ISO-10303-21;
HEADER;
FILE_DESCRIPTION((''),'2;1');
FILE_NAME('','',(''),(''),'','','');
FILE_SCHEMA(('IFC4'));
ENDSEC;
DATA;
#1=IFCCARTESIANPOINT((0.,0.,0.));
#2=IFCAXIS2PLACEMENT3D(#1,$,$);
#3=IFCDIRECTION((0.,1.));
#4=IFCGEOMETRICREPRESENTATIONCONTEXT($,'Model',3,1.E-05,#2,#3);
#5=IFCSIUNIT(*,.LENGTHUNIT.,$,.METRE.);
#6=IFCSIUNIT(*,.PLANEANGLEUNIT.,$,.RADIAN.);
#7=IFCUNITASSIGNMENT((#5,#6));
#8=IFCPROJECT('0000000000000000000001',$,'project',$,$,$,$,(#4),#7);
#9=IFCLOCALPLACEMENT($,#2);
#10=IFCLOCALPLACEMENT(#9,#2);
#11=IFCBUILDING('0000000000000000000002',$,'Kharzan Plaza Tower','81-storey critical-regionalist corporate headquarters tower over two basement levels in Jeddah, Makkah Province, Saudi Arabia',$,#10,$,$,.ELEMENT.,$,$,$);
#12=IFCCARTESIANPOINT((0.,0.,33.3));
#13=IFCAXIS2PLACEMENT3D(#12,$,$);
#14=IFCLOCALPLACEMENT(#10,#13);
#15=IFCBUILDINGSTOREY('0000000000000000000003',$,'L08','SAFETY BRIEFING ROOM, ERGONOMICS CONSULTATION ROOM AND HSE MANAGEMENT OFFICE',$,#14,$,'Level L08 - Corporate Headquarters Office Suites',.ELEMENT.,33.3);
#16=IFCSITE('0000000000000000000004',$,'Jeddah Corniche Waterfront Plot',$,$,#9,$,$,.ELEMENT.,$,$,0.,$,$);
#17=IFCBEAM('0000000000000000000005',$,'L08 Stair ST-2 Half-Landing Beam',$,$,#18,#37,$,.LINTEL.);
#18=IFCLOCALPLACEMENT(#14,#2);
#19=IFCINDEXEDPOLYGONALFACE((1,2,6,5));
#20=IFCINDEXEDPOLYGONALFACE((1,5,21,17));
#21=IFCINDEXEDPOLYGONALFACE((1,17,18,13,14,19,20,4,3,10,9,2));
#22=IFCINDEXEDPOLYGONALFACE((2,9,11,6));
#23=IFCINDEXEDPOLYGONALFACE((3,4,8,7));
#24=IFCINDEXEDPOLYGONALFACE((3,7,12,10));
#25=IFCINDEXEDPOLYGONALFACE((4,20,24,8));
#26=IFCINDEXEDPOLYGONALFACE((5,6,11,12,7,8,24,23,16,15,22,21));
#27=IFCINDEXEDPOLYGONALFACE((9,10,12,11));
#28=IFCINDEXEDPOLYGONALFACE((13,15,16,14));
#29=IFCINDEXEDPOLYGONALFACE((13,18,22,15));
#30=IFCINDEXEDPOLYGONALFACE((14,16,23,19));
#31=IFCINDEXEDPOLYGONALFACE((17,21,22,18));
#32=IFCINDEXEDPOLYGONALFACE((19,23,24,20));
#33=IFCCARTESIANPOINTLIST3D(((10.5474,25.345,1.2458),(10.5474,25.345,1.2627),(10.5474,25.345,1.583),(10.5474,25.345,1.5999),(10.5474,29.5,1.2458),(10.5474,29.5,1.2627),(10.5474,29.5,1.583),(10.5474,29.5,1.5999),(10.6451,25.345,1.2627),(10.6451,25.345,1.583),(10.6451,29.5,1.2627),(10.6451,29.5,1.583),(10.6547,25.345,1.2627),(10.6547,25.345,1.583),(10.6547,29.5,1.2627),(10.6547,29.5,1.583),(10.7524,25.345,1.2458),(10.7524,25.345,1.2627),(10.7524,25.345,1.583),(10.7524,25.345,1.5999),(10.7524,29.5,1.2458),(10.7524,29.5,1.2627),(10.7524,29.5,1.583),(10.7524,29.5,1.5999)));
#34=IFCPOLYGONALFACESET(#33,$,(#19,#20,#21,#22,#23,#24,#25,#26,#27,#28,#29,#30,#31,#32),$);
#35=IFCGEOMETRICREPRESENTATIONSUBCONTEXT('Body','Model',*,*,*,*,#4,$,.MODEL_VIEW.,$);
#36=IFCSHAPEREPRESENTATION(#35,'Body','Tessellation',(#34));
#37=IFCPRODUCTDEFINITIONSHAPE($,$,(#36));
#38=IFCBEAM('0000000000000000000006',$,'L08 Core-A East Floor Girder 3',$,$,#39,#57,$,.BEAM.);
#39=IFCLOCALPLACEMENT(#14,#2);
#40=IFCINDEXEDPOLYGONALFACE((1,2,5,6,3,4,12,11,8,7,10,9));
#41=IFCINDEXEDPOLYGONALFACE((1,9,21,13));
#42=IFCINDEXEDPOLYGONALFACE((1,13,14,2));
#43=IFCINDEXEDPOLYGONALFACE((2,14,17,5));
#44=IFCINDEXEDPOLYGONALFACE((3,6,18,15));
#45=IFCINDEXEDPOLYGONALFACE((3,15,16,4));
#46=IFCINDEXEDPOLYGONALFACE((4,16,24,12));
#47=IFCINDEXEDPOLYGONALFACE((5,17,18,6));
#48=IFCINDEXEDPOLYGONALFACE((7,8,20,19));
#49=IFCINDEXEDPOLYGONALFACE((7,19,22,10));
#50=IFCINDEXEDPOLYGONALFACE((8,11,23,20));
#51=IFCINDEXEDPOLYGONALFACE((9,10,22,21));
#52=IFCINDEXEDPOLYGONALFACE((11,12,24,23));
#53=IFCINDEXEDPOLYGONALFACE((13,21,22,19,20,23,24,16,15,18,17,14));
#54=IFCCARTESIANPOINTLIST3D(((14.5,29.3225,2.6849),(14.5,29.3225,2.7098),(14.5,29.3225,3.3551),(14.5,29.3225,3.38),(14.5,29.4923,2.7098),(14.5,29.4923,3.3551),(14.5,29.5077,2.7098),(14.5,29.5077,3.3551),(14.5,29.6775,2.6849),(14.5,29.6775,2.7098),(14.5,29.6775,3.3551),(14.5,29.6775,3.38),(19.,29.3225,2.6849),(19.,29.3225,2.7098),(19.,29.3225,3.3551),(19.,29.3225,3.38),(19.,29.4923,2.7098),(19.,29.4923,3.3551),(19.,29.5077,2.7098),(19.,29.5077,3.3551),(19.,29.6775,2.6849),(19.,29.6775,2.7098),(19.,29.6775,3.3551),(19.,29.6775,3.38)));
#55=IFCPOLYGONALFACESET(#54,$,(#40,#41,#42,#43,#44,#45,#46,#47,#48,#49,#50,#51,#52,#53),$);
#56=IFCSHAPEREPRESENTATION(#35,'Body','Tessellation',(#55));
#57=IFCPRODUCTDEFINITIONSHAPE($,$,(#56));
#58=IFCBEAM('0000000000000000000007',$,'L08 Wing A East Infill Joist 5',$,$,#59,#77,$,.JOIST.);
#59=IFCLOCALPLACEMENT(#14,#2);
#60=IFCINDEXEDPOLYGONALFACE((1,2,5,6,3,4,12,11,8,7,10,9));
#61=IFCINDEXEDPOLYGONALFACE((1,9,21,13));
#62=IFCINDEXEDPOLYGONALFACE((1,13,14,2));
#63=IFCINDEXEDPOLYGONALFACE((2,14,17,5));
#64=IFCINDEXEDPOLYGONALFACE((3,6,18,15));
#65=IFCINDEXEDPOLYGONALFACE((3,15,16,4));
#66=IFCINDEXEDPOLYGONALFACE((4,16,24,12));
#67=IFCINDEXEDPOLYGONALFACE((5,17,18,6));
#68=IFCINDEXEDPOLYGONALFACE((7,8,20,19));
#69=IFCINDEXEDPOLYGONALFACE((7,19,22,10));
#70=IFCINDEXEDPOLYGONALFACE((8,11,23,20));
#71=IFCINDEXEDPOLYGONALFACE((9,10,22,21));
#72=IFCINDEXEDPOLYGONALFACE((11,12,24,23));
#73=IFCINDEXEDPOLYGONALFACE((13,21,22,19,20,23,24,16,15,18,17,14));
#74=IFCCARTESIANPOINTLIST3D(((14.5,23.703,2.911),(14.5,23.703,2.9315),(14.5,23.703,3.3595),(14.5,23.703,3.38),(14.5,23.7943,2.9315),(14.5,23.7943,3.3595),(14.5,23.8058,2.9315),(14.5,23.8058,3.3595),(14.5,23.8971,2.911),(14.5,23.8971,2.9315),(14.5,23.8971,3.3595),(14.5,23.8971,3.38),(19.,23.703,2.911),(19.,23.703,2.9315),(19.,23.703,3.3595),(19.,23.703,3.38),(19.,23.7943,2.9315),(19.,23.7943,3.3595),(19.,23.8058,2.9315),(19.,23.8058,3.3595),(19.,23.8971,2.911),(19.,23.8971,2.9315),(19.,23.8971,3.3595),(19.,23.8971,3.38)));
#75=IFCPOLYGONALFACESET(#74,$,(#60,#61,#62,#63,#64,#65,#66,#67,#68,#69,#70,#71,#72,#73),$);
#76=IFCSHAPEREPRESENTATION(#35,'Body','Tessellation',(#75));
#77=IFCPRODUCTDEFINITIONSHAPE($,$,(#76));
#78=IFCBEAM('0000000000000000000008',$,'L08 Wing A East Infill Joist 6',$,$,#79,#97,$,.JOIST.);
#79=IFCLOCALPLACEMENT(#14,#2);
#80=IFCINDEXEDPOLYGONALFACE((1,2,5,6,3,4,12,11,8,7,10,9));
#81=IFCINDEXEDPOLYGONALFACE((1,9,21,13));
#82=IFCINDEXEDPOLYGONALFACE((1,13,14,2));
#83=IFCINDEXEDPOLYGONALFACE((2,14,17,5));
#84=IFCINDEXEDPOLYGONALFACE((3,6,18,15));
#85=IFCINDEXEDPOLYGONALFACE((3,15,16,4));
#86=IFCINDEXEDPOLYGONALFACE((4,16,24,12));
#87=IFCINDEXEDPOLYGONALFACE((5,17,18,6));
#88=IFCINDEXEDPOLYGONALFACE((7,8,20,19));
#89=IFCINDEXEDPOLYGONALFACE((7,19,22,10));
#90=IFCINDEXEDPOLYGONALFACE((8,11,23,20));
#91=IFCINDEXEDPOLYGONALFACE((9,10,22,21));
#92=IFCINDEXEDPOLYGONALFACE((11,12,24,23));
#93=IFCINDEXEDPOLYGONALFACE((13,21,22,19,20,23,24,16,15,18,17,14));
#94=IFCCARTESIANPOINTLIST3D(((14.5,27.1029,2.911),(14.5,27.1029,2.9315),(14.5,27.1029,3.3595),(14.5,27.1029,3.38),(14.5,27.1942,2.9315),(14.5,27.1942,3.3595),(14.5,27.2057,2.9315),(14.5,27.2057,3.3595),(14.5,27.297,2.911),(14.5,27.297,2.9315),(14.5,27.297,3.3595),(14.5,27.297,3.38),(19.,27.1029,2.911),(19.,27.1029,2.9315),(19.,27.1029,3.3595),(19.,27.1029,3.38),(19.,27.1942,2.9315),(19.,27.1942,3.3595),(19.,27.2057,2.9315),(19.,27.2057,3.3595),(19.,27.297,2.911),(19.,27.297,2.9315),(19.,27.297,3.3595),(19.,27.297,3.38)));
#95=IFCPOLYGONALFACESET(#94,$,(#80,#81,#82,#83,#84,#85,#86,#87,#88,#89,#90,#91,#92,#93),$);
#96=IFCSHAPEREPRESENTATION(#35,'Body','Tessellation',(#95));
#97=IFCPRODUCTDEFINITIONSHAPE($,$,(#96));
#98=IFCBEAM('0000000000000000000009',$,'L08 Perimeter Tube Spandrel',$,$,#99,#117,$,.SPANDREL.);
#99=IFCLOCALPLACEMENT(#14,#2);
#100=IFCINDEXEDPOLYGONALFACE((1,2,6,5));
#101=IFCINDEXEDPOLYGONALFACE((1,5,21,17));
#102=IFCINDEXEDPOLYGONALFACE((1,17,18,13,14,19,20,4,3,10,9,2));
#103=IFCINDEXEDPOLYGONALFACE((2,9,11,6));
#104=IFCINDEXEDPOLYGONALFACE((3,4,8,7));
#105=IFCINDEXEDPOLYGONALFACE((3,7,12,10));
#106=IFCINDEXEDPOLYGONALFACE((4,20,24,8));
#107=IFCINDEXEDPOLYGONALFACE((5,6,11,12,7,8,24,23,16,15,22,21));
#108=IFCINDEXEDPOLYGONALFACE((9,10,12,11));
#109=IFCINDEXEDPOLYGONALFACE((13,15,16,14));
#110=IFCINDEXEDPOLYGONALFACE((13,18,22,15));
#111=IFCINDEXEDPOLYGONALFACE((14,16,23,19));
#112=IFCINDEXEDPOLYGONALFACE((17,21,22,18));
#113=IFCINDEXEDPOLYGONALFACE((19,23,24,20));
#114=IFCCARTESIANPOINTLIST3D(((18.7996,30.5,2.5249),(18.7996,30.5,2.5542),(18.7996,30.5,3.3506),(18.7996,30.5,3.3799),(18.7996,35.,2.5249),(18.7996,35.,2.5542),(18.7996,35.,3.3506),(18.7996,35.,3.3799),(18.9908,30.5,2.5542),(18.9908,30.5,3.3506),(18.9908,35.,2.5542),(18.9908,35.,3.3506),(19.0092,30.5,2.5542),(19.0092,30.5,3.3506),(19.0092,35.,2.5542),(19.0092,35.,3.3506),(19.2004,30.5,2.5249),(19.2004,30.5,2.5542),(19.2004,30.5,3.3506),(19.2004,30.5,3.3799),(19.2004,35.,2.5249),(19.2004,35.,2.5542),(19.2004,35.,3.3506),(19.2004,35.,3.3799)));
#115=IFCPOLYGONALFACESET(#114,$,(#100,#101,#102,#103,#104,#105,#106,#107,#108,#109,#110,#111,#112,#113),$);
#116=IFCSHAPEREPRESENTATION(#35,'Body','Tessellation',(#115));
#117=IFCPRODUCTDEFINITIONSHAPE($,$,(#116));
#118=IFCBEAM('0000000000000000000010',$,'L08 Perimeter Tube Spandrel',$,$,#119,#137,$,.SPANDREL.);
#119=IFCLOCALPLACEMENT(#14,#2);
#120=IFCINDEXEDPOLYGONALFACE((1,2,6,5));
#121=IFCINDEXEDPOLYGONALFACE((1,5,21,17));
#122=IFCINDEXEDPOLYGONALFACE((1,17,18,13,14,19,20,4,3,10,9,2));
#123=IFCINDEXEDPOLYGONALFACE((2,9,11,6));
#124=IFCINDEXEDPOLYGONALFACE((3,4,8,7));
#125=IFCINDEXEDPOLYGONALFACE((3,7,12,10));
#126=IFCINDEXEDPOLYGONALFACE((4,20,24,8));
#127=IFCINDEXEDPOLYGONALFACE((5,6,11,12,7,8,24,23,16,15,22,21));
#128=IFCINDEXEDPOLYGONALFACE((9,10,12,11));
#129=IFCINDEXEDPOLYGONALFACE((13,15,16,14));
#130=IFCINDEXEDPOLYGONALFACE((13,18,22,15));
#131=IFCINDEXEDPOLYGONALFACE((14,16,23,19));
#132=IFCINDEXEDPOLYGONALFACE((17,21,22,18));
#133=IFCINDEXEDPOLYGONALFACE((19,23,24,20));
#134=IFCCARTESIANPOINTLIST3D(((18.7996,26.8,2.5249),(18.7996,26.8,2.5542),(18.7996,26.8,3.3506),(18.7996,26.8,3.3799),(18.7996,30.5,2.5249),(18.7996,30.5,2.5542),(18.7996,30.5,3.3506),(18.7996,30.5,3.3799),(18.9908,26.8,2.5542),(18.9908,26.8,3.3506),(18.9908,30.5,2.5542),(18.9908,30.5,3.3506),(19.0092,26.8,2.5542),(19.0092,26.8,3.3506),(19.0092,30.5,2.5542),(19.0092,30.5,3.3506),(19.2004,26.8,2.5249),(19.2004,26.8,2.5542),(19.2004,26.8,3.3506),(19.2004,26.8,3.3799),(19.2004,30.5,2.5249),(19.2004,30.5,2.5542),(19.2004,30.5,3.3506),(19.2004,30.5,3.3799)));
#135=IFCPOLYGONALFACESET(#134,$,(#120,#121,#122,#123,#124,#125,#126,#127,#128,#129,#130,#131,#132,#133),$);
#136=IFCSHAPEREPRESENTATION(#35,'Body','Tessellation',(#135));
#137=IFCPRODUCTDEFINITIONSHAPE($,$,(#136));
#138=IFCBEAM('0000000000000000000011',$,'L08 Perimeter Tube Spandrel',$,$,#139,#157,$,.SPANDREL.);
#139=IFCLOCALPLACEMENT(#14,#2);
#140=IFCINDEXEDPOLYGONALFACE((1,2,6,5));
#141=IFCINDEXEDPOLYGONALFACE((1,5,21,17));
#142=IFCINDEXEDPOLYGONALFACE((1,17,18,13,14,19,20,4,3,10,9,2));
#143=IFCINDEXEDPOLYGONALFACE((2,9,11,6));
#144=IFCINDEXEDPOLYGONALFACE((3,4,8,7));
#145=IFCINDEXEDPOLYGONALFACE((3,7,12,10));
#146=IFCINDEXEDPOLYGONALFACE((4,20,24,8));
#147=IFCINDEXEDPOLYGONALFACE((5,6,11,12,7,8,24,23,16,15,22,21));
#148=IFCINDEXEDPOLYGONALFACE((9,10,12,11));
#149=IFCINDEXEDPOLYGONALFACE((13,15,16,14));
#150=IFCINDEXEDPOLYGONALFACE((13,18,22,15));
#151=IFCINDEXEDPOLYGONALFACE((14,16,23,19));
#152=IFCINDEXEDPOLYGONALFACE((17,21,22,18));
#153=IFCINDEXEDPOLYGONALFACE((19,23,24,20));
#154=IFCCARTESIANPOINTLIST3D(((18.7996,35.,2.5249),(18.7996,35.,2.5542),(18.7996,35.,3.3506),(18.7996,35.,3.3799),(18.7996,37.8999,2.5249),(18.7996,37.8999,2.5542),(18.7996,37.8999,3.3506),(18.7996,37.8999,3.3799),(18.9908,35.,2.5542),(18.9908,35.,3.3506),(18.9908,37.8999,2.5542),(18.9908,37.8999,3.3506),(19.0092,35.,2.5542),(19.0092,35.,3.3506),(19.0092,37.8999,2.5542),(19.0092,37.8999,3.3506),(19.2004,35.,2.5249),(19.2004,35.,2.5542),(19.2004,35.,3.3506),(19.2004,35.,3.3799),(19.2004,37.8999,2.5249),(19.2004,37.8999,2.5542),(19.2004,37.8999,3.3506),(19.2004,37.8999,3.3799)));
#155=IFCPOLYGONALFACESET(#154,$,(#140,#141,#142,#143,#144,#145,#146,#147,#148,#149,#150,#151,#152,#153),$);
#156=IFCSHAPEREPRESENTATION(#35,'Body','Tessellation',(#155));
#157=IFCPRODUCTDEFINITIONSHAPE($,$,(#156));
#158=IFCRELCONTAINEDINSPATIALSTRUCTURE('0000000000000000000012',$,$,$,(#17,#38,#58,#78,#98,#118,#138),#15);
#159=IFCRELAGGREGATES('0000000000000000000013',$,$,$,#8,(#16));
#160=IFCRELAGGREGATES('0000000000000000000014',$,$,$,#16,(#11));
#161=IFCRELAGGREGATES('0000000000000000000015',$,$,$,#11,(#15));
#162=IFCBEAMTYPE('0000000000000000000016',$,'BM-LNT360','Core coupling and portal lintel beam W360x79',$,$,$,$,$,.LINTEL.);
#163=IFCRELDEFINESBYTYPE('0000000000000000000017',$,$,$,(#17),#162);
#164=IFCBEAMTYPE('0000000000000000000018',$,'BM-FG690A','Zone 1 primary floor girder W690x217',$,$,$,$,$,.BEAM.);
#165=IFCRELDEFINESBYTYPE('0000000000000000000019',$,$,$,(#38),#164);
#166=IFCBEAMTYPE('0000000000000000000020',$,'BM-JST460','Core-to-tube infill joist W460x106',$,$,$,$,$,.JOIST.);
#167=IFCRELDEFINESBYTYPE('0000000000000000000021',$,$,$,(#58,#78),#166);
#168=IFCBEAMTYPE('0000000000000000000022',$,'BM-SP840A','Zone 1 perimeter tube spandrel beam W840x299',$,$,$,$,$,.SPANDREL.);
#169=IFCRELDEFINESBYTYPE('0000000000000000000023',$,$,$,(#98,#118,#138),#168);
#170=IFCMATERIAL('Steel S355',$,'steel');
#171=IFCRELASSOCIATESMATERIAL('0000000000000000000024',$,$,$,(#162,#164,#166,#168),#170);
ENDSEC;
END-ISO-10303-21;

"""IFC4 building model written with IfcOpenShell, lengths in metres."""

from ifc_helpers import new_model, si_unit, direction, frame, origin, origin_2d, place, context, subcontext, project, spatial, i_section, extrude, source, transform, mapped, material, material_profile, profile_set, type_object, element, save


model = new_model("IFC4")

# Units and contexts
model_context = context("Model", 3, precision=1e-05, world=origin(), true_north=direction((0.0, 1.0)))
body_context = subcontext(model_context, "Body", "Model", "MODEL_VIEW")
ifc_project = project(units=[si_unit("LENGTHUNIT", "METRE"), si_unit("PLANEANGLEUNIT", "RADIAN")], contexts=[model_context])

# Site, building, storey
site_placement = place(None, origin())
site = spatial("IfcSite", under=ifc_project, at=site_placement, Name="Jeddah Corniche Waterfront Plot", CompositionType="ELEMENT", RefElevation=0.0)
building_placement = place(site_placement, origin())
building = spatial("IfcBuilding", under=site, at=building_placement, Name="Kharzan Plaza Tower", Description="81-storey critical-regionalist corporate headquarters tower over two basement levels in Jeddah, Makkah Province, Saudi Arabia", CompositionType="ELEMENT")
storey_placement = place(building_placement, frame((0.0, 0.0, 33.3)))
storey = spatial("IfcBuildingStorey", under=building, at=storey_placement, Name="L08", Description="SAFETY BRIEFING ROOM, ERGONOMICS CONSULTATION ROOM AND HSE MANAGEMENT OFFICE", LongName="Level L08 - Corporate Headquarters Office Suites", CompositionType="ELEMENT", Elevation=33.3)

# Beams
ifc_material_1 = material(Name="Steel S355", Category="steel")
ifc_material_profile_1 = material_profile(ifc_material_1, i_section(OverallWidth=0.2051, OverallDepth=0.354, WebThickness=0.0095, FlangeThickness=0.0168, at=origin_2d()), Name="W360x79")
ifc_profile_set_1 = profile_set([ifc_material_profile_1], Name="Steel S355")
beam_type_1 = type_object("IfcBeamType", Name="BM-LNT360", Description="Core coupling and portal lintel beam W360x79", PredefinedType="LINTEL", material=ifc_profile_set_1)
shared_shape_1 = source(origin(), body_context, "Body", "SweptSolid", [
    extrude(i_section(OverallWidth=0.2051, OverallDepth=0.354, WebThickness=0.0095, FlangeThickness=0.0168, at=origin_2d()), origin(), (0.0, 0.0, 1.0), 4.155),
])
beam_1_placement = place(storey_placement, frame((10.6499, 25.345, 1.4229), z_axis=(0.0, 1.0, 0.0), x_axis=(-1.0, 0.0, 0.0)))
element("IfcBeam", 1, at=beam_1_placement, inside=storey, type_object=beam_type_1, Name="L08 Stair ST-2 Half-Landing Beam", PredefinedType="LINTEL", context=body_context, shape_type="MappedRepresentation", body=[
    mapped(shared_shape_1, transform((0.0, 0.0, 0.0), x_axis=(1.0, 0.0, 0.0), y_axis=(0.0, 1.0, 0.0), z_axis=(0.0, 0.0, 1.0))),
])
ifc_material_profile_2 = material_profile(ifc_material_1, i_section(OverallWidth=0.355, OverallDepth=0.6951, WebThickness=0.0154, FlangeThickness=0.0249, at=origin_2d()), Name="W690x217")
ifc_profile_set_2 = profile_set([ifc_material_profile_2], Name="Steel S355")
beam_type_2 = type_object("IfcBeamType", Name="BM-FG690A", Description="Zone 1 primary floor girder W690x217", PredefinedType="BEAM", material=ifc_profile_set_2)
shared_shape_2 = source(origin(), body_context, "Body", "SweptSolid", [
    extrude(i_section(OverallWidth=0.355, OverallDepth=0.6951, WebThickness=0.0154, FlangeThickness=0.0249, at=origin_2d()), origin(), (0.0, 0.0, 1.0), 4.5),
])
beam_2_placement = place(storey_placement, frame((14.5, 29.5, 3.0325), z_axis=(1.0, 0.0, 0.0), x_axis=(0.0, 1.0, 0.0)))
element("IfcBeam", 2, at=beam_2_placement, inside=storey, type_object=beam_type_2, Name="L08 Core-A East Floor Girder 3", PredefinedType="BEAM", context=body_context, shape_type="MappedRepresentation", body=[
    mapped(shared_shape_2, transform((0.0, 0.0, 0.0), x_axis=(1.0, 0.0, 0.0), y_axis=(0.0, 1.0, 0.0), z_axis=(0.0, 0.0, 1.0))),
])
ifc_material_profile_3 = material_profile(ifc_material_1, i_section(OverallWidth=0.1941, OverallDepth=0.469, WebThickness=0.0115, FlangeThickness=0.0205, at=origin_2d()), Name="W460x106")
ifc_profile_set_3 = profile_set([ifc_material_profile_3], Name="Steel S355")
beam_type_3 = type_object("IfcBeamType", Name="BM-JST460", Description="Core-to-tube infill joist W460x106", PredefinedType="JOIST", material=ifc_profile_set_3)
shared_shape_3 = source(origin(), body_context, "Body", "SweptSolid", [
    extrude(i_section(OverallWidth=0.1941, OverallDepth=0.469, WebThickness=0.0115, FlangeThickness=0.0205, at=origin_2d()), origin(), (0.0, 0.0, 1.0), 4.5),
])
for number, where, z_axis, x_axis, name in (
    (3, (14.5, 23.8, 3.1455), (1.0, 0.0, 0.0), (0.0, 1.0, 0.0), "L08 Wing A East Infill Joist 5"),
    (4, (14.5, 27.2, 3.1455), (1.0, 0.0, 0.0), (0.0, 1.0, 0.0), "L08 Wing A East Infill Joist 6"),
):
    element("IfcBeam", number, at=place(storey_placement, frame(where, z_axis=z_axis, x_axis=x_axis)), inside=storey, type_object=beam_type_3, Name=name, PredefinedType="JOIST", context=body_context, shape_type="MappedRepresentation", body=[
        mapped(shared_shape_3, transform((0.0, 0.0, 0.0), x_axis=(1.0, 0.0, 0.0), y_axis=(0.0, 1.0, 0.0), z_axis=(0.0, 0.0, 1.0))),
    ])
ifc_material_profile_4 = material_profile(ifc_material_1, i_section(OverallWidth=0.4009, OverallDepth=0.855, WebThickness=0.0183, FlangeThickness=0.0293, at=origin_2d()), Name="W840x299")
ifc_profile_set_4 = profile_set([ifc_material_profile_4], Name="Steel S355")
beam_type_4 = type_object("IfcBeamType", Name="BM-SP840A", Description="Zone 1 perimeter tube spandrel beam W840x299", PredefinedType="SPANDREL", material=ifc_profile_set_4)
shared_shape_4 = source(origin(), body_context, "Body", "SweptSolid", [
    extrude(i_section(OverallWidth=0.4009, OverallDepth=0.855, WebThickness=0.0183, FlangeThickness=0.0293, at=origin_2d()), origin(), (0.0, 0.0, 1.0), 4.5),
])
beam_3_placement = place(storey_placement, frame((19.0, 30.5, 2.9524), z_axis=(0.0, 1.0, 0.0), x_axis=(-1.0, 0.0, 0.0)))
element("IfcBeam", 5, at=beam_3_placement, inside=storey, type_object=beam_type_4, Name="L08 Perimeter Tube Spandrel", PredefinedType="SPANDREL", context=body_context, shape_type="MappedRepresentation", body=[
    mapped(shared_shape_4, transform((0.0, 0.0, 0.0), x_axis=(1.0, 0.0, 0.0), y_axis=(0.0, 1.0, 0.0), z_axis=(0.0, 0.0, 1.0))),
])
shared_shape_5 = source(origin(), body_context, "Body", "SweptSolid", [
    extrude(i_section(OverallWidth=0.4009, OverallDepth=0.855, WebThickness=0.0183, FlangeThickness=0.0293, at=origin_2d()), origin(), (0.0, 0.0, 1.0), 3.7),
])
beam_4_placement = place(storey_placement, frame((19.0, 26.8, 2.9524), z_axis=(0.0, 1.0, 0.0), x_axis=(-1.0, 0.0, 0.0)))
element("IfcBeam", 6, at=beam_4_placement, inside=storey, type_object=beam_type_4, Name="L08 Perimeter Tube Spandrel", PredefinedType="SPANDREL", context=body_context, shape_type="MappedRepresentation", body=[
    mapped(shared_shape_5, transform((0.0, 0.0, 0.0), x_axis=(1.0, 0.0, 0.0), y_axis=(0.0, 1.0, 0.0), z_axis=(0.0, 0.0, 1.0))),
])
shared_shape_6 = source(origin(), body_context, "Body", "SweptSolid", [
    extrude(i_section(OverallWidth=0.4009, OverallDepth=0.855, WebThickness=0.0183, FlangeThickness=0.0293, at=origin_2d()), origin(), (0.0, 0.0, 1.0), 2.8999),
])
beam_5_placement = place(storey_placement, frame((19.0, 35.0, 2.9524), z_axis=(0.0, 1.0, 0.0), x_axis=(-1.0, 0.0, 0.0)))
element("IfcBeam", 7, at=beam_5_placement, inside=storey, type_object=beam_type_4, Name="L08 Perimeter Tube Spandrel", PredefinedType="SPANDREL", context=body_context, shape_type="MappedRepresentation", body=[
    mapped(shared_shape_6, transform((0.0, 0.0, 0.0), x_axis=(1.0, 0.0, 0.0), y_axis=(0.0, 1.0, 0.0), z_axis=(0.0, 0.0, 1.0))),
])

save(model, "model.ifc")
